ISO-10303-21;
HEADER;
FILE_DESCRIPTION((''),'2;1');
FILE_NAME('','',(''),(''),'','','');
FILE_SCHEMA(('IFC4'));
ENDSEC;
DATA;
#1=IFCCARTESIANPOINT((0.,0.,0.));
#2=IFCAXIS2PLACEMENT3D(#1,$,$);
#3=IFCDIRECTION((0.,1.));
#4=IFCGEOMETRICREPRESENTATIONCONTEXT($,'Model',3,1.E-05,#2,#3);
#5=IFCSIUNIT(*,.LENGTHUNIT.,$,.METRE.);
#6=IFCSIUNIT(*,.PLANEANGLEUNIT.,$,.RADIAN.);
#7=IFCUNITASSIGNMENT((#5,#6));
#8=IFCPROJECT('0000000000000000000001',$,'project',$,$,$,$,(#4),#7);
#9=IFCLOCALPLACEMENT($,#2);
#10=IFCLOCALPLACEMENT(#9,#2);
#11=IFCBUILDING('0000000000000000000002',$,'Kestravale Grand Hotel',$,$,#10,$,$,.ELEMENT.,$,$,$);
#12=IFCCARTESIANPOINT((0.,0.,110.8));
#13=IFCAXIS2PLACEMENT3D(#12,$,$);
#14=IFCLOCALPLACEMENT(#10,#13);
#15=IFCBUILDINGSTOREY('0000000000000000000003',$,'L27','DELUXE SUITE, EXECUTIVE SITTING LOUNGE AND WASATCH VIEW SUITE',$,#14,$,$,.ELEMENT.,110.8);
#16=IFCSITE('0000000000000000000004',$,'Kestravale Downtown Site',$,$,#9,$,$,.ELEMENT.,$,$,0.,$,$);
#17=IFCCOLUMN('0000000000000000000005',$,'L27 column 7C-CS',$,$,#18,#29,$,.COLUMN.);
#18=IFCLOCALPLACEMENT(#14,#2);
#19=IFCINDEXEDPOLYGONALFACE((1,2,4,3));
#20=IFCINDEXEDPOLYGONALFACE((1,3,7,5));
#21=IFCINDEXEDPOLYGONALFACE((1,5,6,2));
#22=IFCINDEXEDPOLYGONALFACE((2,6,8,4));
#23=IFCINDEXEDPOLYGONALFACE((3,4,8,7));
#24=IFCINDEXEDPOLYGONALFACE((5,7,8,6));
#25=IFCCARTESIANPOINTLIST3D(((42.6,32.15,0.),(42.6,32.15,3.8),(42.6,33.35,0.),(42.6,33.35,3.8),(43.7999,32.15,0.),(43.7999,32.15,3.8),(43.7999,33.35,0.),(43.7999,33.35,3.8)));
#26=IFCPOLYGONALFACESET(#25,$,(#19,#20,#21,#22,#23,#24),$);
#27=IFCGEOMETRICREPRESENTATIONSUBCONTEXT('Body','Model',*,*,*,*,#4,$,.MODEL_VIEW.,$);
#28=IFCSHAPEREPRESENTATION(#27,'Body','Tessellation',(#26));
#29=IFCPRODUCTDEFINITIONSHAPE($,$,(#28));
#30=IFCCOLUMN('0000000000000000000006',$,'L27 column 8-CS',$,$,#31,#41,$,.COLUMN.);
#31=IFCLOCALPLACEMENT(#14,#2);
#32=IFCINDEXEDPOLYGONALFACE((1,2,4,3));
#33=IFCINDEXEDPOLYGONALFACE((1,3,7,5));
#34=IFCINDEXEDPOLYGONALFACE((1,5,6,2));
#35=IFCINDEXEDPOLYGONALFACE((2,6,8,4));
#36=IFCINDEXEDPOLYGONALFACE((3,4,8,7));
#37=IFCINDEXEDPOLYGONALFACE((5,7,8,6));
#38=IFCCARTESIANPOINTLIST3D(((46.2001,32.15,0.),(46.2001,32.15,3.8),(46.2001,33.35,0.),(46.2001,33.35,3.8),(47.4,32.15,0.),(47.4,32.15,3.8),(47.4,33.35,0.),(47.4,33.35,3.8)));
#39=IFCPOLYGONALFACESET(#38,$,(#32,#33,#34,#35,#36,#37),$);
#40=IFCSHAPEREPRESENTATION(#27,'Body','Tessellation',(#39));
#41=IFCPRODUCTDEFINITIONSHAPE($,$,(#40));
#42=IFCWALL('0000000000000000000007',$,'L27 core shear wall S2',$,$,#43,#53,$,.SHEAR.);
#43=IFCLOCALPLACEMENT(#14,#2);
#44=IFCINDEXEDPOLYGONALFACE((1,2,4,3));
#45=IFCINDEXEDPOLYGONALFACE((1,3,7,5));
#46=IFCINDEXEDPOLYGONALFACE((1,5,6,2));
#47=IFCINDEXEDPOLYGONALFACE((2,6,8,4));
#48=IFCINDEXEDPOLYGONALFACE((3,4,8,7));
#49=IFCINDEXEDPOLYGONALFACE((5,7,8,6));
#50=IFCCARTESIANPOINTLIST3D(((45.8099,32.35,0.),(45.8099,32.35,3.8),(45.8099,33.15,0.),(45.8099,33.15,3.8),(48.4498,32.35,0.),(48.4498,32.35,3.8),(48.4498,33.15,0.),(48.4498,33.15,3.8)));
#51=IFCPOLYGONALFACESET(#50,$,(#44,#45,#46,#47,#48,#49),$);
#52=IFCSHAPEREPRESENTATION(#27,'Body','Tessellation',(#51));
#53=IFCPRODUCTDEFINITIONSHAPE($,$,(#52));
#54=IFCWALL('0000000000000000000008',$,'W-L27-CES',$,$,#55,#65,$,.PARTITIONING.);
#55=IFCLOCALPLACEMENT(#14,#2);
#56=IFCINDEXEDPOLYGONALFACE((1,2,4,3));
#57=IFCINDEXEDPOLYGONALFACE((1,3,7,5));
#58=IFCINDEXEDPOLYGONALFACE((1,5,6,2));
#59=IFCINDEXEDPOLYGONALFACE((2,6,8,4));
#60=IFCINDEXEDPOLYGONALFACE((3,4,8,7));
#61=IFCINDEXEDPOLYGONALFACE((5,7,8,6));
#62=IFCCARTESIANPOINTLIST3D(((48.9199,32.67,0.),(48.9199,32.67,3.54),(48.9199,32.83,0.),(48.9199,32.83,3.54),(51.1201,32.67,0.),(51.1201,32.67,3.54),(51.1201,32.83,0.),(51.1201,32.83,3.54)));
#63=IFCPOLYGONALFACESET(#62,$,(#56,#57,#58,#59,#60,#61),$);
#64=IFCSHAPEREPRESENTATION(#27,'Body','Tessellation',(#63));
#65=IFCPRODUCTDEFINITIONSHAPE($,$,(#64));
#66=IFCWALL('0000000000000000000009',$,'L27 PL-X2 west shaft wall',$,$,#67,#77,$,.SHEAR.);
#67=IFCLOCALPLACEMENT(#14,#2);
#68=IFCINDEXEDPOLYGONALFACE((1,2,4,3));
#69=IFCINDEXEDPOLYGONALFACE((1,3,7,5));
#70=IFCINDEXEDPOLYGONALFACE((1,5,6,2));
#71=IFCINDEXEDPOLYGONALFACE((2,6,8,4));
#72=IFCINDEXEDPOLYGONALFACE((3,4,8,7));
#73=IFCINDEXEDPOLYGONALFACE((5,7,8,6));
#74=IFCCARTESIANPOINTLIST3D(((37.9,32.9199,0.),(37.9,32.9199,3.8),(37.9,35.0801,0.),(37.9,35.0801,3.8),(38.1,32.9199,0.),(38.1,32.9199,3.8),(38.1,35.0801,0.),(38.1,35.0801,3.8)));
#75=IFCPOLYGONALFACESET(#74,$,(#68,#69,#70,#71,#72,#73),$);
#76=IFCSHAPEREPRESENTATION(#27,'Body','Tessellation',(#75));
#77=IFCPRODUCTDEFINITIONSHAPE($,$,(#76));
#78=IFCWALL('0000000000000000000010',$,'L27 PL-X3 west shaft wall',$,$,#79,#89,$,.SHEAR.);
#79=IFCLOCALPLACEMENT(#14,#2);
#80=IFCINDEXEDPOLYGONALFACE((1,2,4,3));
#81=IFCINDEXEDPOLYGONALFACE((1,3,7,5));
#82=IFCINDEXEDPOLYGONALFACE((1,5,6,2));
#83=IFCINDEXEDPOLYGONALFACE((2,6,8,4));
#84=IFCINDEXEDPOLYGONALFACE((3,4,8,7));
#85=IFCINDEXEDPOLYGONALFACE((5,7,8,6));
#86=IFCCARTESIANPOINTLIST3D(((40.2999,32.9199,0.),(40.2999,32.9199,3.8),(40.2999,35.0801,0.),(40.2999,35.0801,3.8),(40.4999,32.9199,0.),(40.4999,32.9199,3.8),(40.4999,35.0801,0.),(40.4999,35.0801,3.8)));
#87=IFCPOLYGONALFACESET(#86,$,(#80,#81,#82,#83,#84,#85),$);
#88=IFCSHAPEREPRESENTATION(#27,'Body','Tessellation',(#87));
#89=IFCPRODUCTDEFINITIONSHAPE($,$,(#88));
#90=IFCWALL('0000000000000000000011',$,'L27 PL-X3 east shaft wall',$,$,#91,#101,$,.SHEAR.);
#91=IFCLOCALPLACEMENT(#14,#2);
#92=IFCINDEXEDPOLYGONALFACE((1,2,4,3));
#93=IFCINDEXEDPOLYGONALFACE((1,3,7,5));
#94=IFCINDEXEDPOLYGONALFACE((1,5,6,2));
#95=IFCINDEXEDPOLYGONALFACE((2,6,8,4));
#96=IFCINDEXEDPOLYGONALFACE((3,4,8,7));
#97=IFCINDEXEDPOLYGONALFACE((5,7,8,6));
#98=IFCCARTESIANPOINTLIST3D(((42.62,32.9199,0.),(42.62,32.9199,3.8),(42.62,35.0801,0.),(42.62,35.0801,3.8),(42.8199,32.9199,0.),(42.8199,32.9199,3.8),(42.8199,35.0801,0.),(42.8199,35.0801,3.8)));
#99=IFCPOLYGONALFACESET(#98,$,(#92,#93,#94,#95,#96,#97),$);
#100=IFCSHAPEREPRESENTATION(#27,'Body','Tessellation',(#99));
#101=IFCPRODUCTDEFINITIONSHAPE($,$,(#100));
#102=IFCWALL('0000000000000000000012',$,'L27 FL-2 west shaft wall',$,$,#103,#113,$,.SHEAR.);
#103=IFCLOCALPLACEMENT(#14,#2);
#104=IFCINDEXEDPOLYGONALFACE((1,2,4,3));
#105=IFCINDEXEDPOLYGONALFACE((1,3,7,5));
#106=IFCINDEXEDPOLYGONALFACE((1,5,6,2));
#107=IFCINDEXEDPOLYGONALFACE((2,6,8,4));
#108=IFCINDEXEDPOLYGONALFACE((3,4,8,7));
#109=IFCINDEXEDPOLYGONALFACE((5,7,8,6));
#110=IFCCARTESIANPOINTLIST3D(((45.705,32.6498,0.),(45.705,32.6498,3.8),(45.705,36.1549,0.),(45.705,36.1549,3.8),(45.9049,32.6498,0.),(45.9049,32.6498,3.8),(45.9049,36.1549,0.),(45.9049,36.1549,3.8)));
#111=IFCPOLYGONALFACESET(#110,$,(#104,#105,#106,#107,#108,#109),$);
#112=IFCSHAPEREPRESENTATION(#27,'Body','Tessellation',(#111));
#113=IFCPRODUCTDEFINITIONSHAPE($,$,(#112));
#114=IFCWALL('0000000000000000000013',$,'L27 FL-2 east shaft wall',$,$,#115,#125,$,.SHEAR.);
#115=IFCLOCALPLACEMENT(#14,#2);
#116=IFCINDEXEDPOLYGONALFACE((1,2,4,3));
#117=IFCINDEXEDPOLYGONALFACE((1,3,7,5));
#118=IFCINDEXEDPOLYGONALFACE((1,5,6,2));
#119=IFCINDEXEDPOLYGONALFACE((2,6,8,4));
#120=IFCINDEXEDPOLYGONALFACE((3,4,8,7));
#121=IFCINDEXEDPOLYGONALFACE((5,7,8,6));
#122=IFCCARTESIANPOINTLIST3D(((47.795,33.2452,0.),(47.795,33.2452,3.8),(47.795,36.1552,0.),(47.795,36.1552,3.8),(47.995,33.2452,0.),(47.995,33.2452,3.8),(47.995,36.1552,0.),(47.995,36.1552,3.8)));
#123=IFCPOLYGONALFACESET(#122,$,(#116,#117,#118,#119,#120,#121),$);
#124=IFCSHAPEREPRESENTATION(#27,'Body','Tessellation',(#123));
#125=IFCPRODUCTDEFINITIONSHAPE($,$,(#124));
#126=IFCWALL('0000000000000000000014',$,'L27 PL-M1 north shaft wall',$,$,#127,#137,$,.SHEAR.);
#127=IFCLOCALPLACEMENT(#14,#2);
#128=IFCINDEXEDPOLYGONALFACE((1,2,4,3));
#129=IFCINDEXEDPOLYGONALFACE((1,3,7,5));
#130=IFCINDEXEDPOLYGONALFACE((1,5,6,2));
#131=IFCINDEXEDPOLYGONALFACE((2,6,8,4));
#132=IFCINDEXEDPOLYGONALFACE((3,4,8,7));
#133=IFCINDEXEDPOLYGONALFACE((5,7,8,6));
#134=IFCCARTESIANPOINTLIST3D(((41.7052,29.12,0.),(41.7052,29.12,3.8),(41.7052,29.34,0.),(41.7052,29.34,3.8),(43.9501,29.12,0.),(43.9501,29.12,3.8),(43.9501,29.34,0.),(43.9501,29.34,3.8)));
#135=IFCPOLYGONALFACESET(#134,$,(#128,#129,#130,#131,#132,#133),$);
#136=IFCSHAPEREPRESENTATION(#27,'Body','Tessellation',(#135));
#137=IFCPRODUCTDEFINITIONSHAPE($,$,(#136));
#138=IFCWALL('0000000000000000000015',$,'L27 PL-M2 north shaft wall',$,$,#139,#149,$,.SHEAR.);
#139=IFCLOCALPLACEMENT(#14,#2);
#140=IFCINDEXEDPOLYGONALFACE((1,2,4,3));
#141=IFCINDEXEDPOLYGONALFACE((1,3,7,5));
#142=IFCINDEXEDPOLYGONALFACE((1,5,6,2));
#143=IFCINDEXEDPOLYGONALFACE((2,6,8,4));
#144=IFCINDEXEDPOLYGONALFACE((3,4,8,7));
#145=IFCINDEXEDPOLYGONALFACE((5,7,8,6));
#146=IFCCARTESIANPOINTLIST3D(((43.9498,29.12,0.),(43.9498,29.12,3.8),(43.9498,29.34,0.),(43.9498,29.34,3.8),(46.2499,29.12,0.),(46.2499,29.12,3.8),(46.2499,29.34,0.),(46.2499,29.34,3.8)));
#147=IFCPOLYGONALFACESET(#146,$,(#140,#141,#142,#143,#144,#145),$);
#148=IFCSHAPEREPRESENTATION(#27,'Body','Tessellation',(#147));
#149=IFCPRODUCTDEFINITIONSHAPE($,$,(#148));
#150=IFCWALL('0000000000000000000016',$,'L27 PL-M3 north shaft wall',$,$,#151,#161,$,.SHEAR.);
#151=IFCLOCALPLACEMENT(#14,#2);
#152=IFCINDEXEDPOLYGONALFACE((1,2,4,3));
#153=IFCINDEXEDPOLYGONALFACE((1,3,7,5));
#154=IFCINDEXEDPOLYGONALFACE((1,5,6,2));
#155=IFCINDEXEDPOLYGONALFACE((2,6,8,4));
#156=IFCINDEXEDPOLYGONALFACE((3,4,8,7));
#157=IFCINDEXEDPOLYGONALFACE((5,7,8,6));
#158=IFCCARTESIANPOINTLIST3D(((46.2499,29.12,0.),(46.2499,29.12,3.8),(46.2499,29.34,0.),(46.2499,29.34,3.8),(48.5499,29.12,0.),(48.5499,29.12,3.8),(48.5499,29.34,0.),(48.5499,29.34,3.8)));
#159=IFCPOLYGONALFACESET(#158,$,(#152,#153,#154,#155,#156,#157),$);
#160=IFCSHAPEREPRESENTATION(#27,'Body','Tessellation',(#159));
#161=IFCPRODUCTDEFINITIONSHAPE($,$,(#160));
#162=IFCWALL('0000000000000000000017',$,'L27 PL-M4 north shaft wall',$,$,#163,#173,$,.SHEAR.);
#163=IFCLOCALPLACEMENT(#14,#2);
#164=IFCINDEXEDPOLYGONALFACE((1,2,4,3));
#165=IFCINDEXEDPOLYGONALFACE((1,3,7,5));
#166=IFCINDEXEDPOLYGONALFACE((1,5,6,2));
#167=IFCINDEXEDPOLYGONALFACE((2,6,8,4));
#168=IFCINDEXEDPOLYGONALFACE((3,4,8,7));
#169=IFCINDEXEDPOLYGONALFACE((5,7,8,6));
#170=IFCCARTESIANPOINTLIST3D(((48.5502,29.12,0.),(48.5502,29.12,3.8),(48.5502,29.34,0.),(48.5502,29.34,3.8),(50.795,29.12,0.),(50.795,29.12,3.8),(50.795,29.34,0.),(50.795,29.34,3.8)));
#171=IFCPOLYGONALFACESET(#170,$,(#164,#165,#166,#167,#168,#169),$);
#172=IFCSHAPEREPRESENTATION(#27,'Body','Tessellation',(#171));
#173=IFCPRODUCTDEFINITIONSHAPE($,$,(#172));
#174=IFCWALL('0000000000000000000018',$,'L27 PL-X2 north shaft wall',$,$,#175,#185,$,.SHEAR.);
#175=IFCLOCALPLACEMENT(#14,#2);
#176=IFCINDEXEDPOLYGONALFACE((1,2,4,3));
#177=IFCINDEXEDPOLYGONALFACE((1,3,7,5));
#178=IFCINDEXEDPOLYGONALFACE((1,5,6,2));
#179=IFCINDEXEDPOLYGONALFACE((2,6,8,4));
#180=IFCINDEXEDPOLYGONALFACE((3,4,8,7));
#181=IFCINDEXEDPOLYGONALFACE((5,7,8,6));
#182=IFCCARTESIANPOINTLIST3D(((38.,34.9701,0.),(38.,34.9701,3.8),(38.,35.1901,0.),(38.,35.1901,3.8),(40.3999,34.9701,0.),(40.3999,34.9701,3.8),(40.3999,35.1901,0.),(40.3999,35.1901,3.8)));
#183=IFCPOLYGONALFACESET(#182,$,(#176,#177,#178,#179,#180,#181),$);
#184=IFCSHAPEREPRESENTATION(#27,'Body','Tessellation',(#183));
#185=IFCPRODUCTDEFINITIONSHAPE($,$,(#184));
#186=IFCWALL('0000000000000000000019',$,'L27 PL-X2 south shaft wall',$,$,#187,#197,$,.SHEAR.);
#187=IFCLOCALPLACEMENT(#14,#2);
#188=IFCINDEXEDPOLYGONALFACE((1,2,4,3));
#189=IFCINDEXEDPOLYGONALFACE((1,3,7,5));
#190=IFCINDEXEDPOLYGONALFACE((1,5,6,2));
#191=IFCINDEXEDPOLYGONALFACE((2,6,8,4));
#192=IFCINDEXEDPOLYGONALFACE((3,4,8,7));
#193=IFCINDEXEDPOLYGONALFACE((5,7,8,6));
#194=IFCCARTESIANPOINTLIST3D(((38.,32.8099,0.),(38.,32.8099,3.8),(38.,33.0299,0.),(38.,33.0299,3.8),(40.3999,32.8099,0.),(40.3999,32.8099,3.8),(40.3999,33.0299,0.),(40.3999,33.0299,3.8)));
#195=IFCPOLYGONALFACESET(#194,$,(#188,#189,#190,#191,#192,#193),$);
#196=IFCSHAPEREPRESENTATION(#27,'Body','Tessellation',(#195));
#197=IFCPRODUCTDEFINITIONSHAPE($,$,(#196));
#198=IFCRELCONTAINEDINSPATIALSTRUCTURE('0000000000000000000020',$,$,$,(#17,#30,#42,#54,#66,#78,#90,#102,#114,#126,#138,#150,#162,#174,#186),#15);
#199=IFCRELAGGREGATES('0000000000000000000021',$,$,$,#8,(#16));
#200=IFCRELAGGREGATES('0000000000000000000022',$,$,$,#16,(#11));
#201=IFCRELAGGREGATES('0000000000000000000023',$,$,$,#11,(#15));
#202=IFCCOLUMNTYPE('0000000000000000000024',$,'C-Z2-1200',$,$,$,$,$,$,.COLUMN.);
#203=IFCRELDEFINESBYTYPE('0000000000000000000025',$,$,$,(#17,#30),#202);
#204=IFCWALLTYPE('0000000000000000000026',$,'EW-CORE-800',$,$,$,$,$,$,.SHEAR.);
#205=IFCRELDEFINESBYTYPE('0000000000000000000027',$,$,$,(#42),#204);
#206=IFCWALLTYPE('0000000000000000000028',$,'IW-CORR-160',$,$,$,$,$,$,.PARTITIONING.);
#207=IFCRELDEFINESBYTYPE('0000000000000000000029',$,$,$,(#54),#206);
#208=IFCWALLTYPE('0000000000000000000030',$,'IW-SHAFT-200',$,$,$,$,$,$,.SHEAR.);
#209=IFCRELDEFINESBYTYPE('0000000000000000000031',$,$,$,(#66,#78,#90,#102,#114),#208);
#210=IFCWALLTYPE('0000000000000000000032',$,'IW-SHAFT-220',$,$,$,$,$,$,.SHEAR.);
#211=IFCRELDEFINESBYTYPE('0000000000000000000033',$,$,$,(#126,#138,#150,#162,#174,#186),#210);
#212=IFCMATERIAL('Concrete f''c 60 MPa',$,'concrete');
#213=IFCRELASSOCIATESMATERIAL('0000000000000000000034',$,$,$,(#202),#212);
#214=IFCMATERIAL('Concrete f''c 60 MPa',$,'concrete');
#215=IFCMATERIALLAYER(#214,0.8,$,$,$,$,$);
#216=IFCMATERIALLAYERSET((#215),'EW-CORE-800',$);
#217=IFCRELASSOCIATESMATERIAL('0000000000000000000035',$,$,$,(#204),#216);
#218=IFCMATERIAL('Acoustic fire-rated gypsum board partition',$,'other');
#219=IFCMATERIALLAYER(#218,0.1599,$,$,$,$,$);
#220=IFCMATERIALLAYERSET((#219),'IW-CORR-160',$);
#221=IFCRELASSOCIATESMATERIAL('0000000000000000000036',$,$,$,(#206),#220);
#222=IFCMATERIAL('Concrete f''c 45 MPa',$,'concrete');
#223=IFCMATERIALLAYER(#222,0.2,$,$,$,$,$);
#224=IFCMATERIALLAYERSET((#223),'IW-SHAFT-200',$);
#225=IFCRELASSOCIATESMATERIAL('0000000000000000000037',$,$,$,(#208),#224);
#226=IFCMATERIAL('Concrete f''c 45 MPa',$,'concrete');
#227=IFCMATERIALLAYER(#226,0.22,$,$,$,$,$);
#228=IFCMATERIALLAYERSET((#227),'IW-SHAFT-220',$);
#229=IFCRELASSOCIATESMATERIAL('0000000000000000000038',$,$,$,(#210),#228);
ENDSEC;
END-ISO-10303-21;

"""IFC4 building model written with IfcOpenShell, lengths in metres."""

from ifc_helpers import new_model, si_unit, direction, frame, frame_2d, origin, origin_2d, place, context, subcontext, project, spatial, rectangle, extrude, material, layer, layer_set, material_profile, profile_set, type_object, element, save


model = new_model("IFC4")

# Units and contexts
model_context = context("Model", 3, precision=1e-05, world=origin(), true_north=direction((0.0, 1.0)))
body_context = subcontext(model_context, "Body", "Model", "MODEL_VIEW")
ifc_project = project(units=[si_unit("LENGTHUNIT", "METRE"), si_unit("PLANEANGLEUNIT", "RADIAN")], contexts=[model_context])

# Site, building, storey
site_placement = place(None, origin())
site = spatial("IfcSite", under=ifc_project, at=site_placement, Name="Kestravale Downtown Site", CompositionType="ELEMENT", RefElevation=0.0)
building_placement = place(site_placement, origin())
building = spatial("IfcBuilding", under=site, at=building_placement, Name="Kestravale Grand Hotel", CompositionType="ELEMENT")
storey_placement = place(building_placement, frame((0.0, 0.0, 110.8)))
storey = spatial("IfcBuildingStorey", under=building, at=storey_placement, Name="L27", Description="DELUXE SUITE, EXECUTIVE SITTING LOUNGE AND WASATCH VIEW SUITE", CompositionType="ELEMENT", Elevation=110.8)

# Columns
ifc_material_1 = material(Name="Concrete f'c 60 MPa", Category="concrete")
ifc_material_profile = material_profile(ifc_material_1, rectangle(XDim=1.2, YDim=1.2, at=origin_2d()))
ifc_profile_set = profile_set([ifc_material_profile], Name="Concrete f'c 60 MPa")
column_type = type_object("IfcColumnType", Name="C-Z2-1200", PredefinedType="COLUMN", material=ifc_profile_set)
for number, where, z_axis, x_axis, name in (
    (1, (43.2, 32.75, 0.0), (0.0, 0.0, 1.0), (1.0, 0.0, 0.0), "L27 column 7C-CS"),
    (2, (46.8, 32.75, 0.0), (0.0, 0.0, 1.0), (1.0, 0.0, 0.0), "L27 column 8-CS"),
):
    element("IfcColumn", number, at=place(storey_placement, frame(where, z_axis=z_axis, x_axis=x_axis)), inside=storey, type_object=column_type, Name=name, PredefinedType="COLUMN", context=body_context, shape_type="SweptSolid", body=[
        extrude(rectangle(XDim=1.2, YDim=1.2, at=origin_2d()), origin(), (0.0, 0.0, 1.0), 3.8),
    ])

# Wall
ifc_material_2 = material(Name="Concrete f'c 60 MPa", Category="concrete")
ifc_layer_1 = layer(ifc_material_2, 0.8)
ifc_layer_set_1 = layer_set([ifc_layer_1], Name="EW-CORE-800")
wall_type_1 = type_object("IfcWallType", Name="EW-CORE-800", PredefinedType="SHEAR", material=ifc_layer_set_1)
wall_1_placement = place(storey_placement, frame((45.8101, 32.75, 0.0), z_axis=(0.0, 0.0, 1.0), x_axis=(1.0, 0.0, 0.0)))
element("IfcWall", 3, at=wall_1_placement, inside=storey, type_object=wall_type_1, Name="L27 core shear wall S2", PredefinedType="SHEAR", context=body_context, shape_type="SweptSolid", body=[
    extrude(rectangle(XDim=2.6399, YDim=0.8, at=frame_2d((1.3198, 0.0))), origin(), (0.0, 0.0, 1.0), 3.8),
])

# Wall
ifc_material_3 = material(Name="Acoustic fire-rated gypsum board partition", Category="other")
ifc_layer_2 = layer(ifc_material_3, 0.1599)
ifc_layer_set_2 = layer_set([ifc_layer_2], Name="IW-CORR-160")
wall_type_2 = type_object("IfcWallType", Name="IW-CORR-160", PredefinedType="PARTITIONING", material=ifc_layer_set_2)
wall_2_placement = place(storey_placement, frame((48.9199, 32.75, 0.0), z_axis=(0.0, 0.0, 1.0), x_axis=(1.0, 0.0, 0.0)))
element("IfcWall", 4, at=wall_2_placement, inside=storey, type_object=wall_type_2, Name="W-L27-CES", PredefinedType="PARTITIONING", context=body_context, shape_type="SweptSolid", body=[
    extrude(rectangle(XDim=2.2002, YDim=0.1599, at=frame_2d((1.1001, 0.0))), origin(), (0.0, 0.0, 1.0), 3.54),
])

# Walls
ifc_material_4 = material(Name="Concrete f'c 45 MPa", Category="concrete")
ifc_layer_3 = layer(ifc_material_4, 0.2)
ifc_layer_set_3 = layer_set([ifc_layer_3], Name="IW-SHAFT-200")
wall_type_3 = type_object("IfcWallType", Name="IW-SHAFT-200", PredefinedType="SHEAR", material=ifc_layer_set_3)
for number, where, z_axis, x_axis, name in (
    (5, (38.0, 32.9199, 0.0), (0.0, 0.0, 1.0), (0.0, 1.0, 0.0), "L27 PL-X2 west shaft wall"),
    (6, (40.3999, 32.9199, 0.0), (0.0, 0.0, 1.0), (0.0, 1.0, 0.0), "L27 PL-X3 west shaft wall"),
    (7, (42.72, 32.9199, 0.0), (0.0, 0.0, 1.0), (0.0, 1.0, 0.0), "L27 PL-X3 east shaft wall"),
):
    element("IfcWall", number, at=place(storey_placement, frame(where, z_axis=z_axis, x_axis=x_axis)), inside=storey, type_object=wall_type_3, Name=name, PredefinedType="SHEAR", context=body_context, shape_type="SweptSolid", body=[
        extrude(rectangle(XDim=2.1602, YDim=0.2, at=frame_2d((1.0801, 0.0))), origin(), (0.0, 0.0, 1.0), 3.8),
    ])
wall_3_placement = place(storey_placement, frame((45.8049, 32.6499, 0.0), z_axis=(0.0, 0.0, 1.0), x_axis=(0.0, 1.0, 0.0)))
element("IfcWall", 8, at=wall_3_placement, inside=storey, type_object=wall_type_3, Name="L27 FL-2 west shaft wall", PredefinedType="SHEAR", context=body_context, shape_type="SweptSolid", body=[
    extrude(rectangle(XDim=3.5051, YDim=0.2, at=frame_2d((1.7524, 0.0))), origin(), (0.0, 0.0, 1.0), 3.8),
])
wall_4_placement = place(storey_placement, frame((47.895, 33.2451, 0.0), z_axis=(0.0, 0.0, 1.0), x_axis=(0.0, 1.0, 0.0)))
element("IfcWall", 9, at=wall_4_placement, inside=storey, type_object=wall_type_3, Name="L27 FL-2 east shaft wall", PredefinedType="SHEAR", context=body_context, shape_type="SweptSolid", body=[
    extrude(rectangle(XDim=2.9099, YDim=0.2, at=frame_2d((1.4551, 0.0))), origin(), (0.0, 0.0, 1.0), 3.8),
])
ifc_material_5 = material(Name="Concrete f'c 45 MPa", Category="concrete")
ifc_layer_4 = layer(ifc_material_5, 0.22)
ifc_layer_set_4 = layer_set([ifc_layer_4], Name="IW-SHAFT-220")
wall_type_4 = type_object("IfcWallType", Name="IW-SHAFT-220", PredefinedType="SHEAR", material=ifc_layer_set_4)
wall_5_placement = place(storey_placement, frame((41.7051, 29.23, 0.0), z_axis=(0.0, 0.0, 1.0), x_axis=(1.0, 0.0, 0.0)))
element("IfcWall", 10, at=wall_5_placement, inside=storey, type_object=wall_type_4, Name="L27 PL-M1 north shaft wall", PredefinedType="SHEAR", context=body_context, shape_type="SweptSolid", body=[
    extrude(rectangle(XDim=2.2449, YDim=0.22, at=frame_2d((1.1226, 0.0))), origin(), (0.0, 0.0, 1.0), 3.8),
])
for number, where, z_axis, x_axis, name in (
    (11, (43.95, 29.23, 0.0), (0.0, 0.0, 1.0), (1.0, 0.0, 0.0), "L27 PL-M2 north shaft wall"),
    (12, (46.25, 29.23, 0.0), (0.0, 0.0, 1.0), (1.0, 0.0, 0.0), "L27 PL-M3 north shaft wall"),
):
    element("IfcWall", number, at=place(storey_placement, frame(where, z_axis=z_axis, x_axis=x_axis)), inside=storey, type_object=wall_type_4, Name=name, PredefinedType="SHEAR", context=body_context, shape_type="SweptSolid", body=[
        extrude(rectangle(XDim=2.3, YDim=0.22, at=frame_2d((1.1499, 0.0))), origin(), (0.0, 0.0, 1.0), 3.8),
    ])
wall_6_placement = place(storey_placement, frame((48.55, 29.23, 0.0), z_axis=(0.0, 0.0, 1.0), x_axis=(1.0, 0.0, 0.0)))
element("IfcWall", 13, at=wall_6_placement, inside=storey, type_object=wall_type_4, Name="L27 PL-M4 north shaft wall", PredefinedType="SHEAR", context=body_context, shape_type="SweptSolid", body=[
    extrude(rectangle(XDim=2.2449, YDim=0.22, at=frame_2d((1.1226, 0.0))), origin(), (0.0, 0.0, 1.0), 3.8),
])
for number, where, z_axis, x_axis, name in (
    (14, (38.0, 35.0801, 0.0), (0.0, 0.0, 1.0), (1.0, 0.0, 0.0), "L27 PL-X2 north shaft wall"),
    (15, (38.0, 32.9199, 0.0), (0.0, 0.0, 1.0), (1.0, 0.0, 0.0), "L27 PL-X2 south shaft wall"),
):
    element("IfcWall", number, at=place(storey_placement, frame(where, z_axis=z_axis, x_axis=x_axis)), inside=storey, type_object=wall_type_4, Name=name, PredefinedType="SHEAR", context=body_context, shape_type="SweptSolid", body=[
        extrude(rectangle(XDim=2.3999, YDim=0.22, at=frame_2d((1.2, 0.0))), origin(), (0.0, 0.0, 1.0), 3.8),
    ])

save(model, "model.ifc")
